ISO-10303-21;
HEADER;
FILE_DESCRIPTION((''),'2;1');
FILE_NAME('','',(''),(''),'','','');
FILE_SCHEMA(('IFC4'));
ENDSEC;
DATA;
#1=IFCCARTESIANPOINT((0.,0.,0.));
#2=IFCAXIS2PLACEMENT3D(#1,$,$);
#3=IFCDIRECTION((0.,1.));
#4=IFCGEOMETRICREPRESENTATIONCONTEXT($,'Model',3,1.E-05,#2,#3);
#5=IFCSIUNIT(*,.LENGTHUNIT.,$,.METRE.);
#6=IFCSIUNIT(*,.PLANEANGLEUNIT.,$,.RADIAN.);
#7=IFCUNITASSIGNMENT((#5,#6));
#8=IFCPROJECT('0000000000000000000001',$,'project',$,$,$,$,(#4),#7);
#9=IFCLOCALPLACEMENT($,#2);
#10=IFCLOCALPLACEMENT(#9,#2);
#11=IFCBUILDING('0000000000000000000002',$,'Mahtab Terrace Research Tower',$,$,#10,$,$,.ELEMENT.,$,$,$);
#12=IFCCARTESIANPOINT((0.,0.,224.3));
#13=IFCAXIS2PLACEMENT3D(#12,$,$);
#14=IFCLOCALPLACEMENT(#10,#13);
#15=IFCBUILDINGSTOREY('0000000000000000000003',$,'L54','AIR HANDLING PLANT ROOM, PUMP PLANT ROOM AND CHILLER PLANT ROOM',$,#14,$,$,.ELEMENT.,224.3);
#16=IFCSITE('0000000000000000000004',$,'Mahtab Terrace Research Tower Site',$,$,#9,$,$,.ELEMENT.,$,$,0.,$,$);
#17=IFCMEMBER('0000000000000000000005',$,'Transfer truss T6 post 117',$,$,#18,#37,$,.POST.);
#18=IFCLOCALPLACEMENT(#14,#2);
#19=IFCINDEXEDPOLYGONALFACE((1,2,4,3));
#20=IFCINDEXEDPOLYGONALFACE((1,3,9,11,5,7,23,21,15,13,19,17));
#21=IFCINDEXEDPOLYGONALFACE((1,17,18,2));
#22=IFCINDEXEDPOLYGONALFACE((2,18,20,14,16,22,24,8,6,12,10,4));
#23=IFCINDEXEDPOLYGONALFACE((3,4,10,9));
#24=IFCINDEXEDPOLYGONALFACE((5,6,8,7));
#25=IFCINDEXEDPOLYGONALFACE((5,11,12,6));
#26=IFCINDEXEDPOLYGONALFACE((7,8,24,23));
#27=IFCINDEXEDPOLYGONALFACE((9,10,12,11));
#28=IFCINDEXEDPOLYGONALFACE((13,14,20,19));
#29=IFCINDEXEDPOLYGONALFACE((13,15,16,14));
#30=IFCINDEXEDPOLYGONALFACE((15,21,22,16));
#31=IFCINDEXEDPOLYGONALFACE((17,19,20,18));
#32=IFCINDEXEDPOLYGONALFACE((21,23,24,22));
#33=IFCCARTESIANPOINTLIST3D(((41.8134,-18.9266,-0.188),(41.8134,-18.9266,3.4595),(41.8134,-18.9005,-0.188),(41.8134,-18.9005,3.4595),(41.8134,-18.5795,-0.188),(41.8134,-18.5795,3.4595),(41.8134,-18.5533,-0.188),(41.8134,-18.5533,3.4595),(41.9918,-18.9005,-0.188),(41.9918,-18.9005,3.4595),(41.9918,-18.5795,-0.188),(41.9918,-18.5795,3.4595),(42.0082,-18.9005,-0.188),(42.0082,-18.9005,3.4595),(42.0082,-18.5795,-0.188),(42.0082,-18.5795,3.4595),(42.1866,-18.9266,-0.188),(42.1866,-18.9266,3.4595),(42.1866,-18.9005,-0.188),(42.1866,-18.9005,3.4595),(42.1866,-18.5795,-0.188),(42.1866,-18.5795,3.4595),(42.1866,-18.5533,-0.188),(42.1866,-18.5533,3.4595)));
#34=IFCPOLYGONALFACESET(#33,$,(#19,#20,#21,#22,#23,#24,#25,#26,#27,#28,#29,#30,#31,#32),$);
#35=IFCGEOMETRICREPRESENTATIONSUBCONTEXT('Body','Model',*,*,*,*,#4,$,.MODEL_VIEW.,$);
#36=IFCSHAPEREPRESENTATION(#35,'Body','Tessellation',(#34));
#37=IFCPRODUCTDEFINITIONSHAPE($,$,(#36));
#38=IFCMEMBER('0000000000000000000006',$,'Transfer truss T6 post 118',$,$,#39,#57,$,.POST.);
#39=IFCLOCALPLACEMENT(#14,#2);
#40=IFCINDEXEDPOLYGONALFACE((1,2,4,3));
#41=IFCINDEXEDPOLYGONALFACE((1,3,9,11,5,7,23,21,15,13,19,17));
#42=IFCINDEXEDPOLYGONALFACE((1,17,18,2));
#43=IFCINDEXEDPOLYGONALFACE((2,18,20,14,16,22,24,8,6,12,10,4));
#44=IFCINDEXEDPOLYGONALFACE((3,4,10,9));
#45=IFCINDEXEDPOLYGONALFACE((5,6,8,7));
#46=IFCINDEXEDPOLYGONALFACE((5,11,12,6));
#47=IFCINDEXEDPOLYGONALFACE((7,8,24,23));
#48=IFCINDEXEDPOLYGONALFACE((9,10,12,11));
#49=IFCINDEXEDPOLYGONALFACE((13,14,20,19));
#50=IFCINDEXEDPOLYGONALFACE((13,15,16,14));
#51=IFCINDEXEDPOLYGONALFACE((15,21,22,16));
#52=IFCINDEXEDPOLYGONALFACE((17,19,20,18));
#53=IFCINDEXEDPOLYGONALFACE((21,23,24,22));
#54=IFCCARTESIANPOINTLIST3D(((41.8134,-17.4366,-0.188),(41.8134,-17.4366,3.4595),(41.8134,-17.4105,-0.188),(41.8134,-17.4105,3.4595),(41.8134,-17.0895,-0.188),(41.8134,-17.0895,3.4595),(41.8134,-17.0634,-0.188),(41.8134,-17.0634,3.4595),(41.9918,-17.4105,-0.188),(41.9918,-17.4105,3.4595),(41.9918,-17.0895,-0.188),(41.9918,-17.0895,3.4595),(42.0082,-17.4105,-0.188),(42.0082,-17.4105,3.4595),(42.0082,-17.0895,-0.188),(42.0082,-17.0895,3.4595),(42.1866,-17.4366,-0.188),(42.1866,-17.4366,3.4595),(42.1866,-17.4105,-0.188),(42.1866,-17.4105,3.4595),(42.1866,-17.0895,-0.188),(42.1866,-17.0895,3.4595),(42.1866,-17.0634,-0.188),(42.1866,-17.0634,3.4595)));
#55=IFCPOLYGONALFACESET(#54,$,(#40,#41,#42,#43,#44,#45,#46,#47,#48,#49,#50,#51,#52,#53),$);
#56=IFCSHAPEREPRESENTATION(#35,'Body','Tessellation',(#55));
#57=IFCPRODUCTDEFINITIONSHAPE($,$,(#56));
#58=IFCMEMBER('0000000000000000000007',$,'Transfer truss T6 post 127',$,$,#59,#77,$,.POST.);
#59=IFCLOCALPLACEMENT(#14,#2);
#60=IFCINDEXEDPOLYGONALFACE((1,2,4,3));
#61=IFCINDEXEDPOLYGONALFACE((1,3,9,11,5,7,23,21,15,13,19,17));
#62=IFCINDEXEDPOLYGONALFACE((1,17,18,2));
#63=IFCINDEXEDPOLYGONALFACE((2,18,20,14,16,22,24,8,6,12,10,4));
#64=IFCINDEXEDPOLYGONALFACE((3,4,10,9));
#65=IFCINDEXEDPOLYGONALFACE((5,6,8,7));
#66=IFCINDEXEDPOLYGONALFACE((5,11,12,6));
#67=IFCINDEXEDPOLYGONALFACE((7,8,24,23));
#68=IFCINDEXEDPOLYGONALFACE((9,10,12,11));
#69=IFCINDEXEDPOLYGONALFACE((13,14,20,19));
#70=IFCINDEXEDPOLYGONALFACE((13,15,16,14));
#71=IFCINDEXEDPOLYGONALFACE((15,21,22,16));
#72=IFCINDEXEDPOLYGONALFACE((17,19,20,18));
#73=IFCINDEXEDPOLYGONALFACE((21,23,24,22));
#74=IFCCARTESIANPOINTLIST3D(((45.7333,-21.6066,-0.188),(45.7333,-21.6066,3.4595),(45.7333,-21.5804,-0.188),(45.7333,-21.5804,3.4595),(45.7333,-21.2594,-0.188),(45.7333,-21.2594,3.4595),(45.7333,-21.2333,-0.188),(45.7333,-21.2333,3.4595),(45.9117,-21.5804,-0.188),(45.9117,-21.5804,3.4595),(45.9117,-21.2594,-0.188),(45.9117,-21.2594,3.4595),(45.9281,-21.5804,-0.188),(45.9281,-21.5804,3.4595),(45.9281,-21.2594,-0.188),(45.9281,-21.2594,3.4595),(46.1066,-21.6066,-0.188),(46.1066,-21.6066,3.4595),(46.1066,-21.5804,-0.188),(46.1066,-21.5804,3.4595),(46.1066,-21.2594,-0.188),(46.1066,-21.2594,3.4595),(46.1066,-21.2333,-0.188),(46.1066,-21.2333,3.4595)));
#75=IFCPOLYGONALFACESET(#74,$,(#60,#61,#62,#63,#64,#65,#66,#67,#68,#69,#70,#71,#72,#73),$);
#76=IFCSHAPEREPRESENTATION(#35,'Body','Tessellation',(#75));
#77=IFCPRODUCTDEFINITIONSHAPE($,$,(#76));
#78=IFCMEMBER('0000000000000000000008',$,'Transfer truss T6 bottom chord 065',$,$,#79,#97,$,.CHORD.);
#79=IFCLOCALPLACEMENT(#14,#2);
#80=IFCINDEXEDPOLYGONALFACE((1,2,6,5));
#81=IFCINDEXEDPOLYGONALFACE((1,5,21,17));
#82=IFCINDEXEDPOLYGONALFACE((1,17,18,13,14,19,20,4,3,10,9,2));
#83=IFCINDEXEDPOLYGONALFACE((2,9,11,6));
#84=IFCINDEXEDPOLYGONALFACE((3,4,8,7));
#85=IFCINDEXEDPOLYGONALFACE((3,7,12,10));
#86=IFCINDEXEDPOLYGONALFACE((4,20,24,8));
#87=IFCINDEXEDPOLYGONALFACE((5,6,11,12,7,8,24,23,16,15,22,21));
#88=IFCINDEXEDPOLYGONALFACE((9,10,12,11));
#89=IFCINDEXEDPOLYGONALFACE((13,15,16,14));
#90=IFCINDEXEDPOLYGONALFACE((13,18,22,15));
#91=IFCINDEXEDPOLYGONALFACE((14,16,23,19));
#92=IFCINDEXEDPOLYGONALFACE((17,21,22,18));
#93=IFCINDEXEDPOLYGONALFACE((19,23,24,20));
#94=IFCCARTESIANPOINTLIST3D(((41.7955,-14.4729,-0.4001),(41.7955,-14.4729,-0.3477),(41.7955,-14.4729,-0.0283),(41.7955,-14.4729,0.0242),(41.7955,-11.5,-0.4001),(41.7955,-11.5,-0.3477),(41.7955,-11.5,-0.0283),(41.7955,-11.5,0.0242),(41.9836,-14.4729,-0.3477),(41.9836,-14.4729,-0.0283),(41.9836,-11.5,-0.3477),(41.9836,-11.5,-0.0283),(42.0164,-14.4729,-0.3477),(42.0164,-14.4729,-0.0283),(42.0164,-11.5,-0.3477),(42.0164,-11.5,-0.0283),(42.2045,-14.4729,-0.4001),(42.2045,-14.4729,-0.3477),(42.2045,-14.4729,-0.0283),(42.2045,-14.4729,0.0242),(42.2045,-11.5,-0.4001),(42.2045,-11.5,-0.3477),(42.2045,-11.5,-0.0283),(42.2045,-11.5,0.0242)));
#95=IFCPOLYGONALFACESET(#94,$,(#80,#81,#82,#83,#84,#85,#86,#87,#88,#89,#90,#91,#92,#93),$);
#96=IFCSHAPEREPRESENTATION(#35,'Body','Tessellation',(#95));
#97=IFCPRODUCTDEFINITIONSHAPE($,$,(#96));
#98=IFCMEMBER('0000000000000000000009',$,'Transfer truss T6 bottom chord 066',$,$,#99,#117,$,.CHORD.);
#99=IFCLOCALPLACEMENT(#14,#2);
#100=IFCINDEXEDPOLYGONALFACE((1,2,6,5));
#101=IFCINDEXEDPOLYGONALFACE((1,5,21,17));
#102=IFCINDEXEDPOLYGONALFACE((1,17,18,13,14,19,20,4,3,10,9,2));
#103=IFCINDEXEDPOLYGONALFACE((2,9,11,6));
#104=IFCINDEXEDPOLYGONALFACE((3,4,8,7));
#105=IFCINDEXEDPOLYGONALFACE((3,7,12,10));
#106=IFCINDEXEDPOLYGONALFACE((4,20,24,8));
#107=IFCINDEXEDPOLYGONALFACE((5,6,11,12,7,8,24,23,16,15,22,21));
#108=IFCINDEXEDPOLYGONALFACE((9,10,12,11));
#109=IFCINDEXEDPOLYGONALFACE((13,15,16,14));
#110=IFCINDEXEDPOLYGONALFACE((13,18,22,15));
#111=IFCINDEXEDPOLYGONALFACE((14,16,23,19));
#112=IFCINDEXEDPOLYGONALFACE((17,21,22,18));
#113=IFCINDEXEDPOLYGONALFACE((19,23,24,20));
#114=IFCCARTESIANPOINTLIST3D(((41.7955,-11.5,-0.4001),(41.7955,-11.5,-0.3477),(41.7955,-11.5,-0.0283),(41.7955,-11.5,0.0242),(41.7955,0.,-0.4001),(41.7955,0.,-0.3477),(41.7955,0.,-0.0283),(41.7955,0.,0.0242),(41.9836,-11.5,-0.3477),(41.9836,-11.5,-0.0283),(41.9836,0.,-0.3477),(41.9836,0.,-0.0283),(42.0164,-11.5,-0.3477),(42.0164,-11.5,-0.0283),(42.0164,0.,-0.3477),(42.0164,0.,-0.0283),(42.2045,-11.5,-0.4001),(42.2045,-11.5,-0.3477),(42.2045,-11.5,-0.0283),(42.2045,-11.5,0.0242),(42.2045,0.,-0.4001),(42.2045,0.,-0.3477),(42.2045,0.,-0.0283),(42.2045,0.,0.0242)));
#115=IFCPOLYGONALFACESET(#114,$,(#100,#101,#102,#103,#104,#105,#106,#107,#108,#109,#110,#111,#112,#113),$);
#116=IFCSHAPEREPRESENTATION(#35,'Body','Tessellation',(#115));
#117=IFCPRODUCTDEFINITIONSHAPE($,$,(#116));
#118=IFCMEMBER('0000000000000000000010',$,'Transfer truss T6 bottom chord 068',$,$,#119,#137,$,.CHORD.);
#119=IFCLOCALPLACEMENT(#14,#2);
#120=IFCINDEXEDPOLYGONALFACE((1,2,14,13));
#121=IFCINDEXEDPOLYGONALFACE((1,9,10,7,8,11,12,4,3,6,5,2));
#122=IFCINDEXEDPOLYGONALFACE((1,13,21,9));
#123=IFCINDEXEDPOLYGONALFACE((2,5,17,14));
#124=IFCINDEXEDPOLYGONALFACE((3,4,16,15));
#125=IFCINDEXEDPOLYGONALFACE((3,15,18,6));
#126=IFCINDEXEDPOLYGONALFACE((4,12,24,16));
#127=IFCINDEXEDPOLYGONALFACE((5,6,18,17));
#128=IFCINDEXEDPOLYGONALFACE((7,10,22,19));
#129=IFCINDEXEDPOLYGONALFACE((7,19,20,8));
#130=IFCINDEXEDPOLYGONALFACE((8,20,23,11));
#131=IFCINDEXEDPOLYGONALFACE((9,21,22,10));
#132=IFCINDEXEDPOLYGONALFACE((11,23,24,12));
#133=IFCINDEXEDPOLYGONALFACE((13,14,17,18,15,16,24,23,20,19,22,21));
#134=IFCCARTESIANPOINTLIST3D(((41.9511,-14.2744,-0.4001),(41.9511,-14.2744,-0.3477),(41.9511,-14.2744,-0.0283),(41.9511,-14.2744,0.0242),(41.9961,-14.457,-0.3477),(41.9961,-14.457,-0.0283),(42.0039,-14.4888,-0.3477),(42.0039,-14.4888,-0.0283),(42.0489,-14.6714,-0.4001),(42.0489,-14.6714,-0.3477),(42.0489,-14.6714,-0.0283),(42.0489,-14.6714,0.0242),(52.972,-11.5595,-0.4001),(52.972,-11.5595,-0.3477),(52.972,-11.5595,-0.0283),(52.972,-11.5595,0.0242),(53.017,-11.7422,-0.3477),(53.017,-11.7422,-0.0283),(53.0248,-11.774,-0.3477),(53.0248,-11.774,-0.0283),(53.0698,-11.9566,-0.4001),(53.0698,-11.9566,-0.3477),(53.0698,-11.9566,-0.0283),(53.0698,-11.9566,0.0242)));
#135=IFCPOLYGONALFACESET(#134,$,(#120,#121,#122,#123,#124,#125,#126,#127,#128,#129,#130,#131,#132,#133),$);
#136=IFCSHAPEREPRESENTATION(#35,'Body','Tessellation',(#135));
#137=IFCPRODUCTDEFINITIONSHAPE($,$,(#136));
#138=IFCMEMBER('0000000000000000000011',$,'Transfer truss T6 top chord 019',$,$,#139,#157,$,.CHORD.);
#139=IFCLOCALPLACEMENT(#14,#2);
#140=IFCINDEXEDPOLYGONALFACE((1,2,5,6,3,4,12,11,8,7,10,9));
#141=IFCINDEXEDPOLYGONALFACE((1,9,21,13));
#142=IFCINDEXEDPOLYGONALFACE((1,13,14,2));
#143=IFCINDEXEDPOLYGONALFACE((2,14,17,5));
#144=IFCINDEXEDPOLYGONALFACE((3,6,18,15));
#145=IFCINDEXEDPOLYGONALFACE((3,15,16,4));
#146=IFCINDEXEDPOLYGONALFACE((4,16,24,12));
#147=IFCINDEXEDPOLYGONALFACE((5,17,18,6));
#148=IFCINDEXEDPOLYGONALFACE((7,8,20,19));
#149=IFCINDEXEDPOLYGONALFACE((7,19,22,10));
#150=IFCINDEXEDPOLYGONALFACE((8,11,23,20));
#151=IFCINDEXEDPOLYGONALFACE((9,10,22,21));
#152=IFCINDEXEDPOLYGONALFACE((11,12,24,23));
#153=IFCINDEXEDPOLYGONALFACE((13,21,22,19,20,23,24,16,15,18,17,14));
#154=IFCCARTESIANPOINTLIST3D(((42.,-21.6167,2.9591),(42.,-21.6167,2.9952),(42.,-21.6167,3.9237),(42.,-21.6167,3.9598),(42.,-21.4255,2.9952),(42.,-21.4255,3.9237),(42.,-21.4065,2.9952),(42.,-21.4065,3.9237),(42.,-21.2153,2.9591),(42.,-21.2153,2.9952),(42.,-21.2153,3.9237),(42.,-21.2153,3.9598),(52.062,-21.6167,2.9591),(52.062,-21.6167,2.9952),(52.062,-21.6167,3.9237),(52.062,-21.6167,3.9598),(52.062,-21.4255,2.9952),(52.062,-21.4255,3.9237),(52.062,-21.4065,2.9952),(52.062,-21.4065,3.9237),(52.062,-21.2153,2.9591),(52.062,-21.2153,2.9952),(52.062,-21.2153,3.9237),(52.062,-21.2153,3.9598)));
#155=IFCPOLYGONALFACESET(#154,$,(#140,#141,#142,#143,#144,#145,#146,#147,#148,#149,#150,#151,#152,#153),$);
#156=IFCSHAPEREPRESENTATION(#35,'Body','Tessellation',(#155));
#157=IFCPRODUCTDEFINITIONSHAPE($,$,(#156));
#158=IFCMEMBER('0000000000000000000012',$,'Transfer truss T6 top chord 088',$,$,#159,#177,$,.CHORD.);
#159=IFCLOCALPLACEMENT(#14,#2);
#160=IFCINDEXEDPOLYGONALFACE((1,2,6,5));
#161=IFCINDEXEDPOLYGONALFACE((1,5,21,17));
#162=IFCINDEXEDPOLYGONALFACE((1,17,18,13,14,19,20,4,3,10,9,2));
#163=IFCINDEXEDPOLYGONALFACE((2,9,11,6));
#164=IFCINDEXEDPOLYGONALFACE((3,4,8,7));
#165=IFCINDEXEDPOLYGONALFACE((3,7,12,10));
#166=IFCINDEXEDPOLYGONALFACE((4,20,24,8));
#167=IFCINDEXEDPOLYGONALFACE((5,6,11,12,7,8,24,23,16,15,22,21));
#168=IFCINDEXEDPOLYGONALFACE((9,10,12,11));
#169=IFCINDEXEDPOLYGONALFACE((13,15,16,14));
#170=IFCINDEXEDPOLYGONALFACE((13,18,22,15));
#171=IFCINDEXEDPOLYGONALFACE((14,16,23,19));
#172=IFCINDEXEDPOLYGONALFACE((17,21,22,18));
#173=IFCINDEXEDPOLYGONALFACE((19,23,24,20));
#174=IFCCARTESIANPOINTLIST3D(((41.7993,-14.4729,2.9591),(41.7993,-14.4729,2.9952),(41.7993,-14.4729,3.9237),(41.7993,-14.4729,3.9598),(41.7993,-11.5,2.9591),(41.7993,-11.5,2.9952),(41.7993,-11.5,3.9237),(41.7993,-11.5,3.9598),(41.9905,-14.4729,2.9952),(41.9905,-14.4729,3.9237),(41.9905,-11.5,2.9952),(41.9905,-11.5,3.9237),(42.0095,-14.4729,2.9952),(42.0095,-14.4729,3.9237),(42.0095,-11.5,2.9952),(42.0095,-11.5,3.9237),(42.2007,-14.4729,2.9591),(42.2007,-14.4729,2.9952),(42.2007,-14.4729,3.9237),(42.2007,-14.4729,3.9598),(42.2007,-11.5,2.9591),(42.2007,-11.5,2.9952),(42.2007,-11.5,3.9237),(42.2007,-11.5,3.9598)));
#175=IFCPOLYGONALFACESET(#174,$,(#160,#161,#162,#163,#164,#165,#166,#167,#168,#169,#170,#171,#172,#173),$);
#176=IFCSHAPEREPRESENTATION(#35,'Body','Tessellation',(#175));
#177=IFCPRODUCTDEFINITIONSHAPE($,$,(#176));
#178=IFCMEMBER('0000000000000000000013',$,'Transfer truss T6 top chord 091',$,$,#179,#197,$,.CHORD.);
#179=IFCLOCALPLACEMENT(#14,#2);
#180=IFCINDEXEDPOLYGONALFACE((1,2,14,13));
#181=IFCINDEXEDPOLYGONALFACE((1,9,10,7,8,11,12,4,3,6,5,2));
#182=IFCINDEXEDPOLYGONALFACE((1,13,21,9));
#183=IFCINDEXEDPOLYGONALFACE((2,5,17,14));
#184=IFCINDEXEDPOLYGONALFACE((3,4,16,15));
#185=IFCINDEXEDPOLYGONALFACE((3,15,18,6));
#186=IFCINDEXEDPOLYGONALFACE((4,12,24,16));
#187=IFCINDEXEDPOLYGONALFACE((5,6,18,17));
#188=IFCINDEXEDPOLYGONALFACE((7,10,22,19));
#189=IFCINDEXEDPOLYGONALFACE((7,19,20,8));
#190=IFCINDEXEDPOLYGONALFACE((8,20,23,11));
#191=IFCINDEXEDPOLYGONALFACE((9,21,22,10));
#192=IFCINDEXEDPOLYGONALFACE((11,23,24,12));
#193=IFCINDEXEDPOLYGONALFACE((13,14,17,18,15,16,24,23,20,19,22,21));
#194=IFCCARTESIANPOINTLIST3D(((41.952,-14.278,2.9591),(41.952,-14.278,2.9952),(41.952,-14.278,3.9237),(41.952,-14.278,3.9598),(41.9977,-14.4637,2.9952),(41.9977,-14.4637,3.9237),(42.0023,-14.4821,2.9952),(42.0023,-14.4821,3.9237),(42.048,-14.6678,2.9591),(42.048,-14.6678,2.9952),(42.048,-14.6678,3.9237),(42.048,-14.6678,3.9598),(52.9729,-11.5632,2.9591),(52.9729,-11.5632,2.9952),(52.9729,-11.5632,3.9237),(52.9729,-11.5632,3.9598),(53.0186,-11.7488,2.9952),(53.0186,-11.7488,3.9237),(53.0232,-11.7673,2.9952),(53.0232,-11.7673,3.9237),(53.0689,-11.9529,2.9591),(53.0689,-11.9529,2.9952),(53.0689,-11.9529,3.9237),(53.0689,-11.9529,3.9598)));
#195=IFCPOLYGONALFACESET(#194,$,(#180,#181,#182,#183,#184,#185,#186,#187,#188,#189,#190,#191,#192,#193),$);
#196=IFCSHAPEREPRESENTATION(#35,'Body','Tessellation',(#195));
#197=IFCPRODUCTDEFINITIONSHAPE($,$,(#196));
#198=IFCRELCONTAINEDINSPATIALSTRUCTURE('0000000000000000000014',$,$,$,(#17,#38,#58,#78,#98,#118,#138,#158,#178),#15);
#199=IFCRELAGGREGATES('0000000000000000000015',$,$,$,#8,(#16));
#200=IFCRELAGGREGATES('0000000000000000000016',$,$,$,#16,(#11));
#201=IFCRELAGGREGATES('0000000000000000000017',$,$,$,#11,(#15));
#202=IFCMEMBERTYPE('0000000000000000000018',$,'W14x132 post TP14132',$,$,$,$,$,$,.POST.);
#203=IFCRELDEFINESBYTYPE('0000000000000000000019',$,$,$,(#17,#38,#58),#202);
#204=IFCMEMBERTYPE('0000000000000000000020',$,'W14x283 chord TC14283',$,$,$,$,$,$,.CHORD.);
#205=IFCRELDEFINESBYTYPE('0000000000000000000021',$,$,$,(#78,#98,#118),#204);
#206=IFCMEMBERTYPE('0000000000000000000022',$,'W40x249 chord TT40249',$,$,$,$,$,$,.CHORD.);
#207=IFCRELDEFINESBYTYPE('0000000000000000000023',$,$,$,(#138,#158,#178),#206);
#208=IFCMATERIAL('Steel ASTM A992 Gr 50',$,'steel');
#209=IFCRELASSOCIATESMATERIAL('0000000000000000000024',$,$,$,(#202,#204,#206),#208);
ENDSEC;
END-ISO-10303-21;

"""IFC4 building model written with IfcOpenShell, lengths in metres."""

from ifc_helpers import new_model, si_unit, direction, frame, origin, origin_2d, place, context, subcontext, project, spatial, i_section, extrude, material, material_profile, profile_set, type_object, element, save


model = new_model("IFC4")

# Units and contexts
model_context = context("Model", 3, precision=1e-05, world=origin(), true_north=direction((0.0, 1.0)))
body_context = subcontext(model_context, "Body", "Model", "MODEL_VIEW")
ifc_project = project(units=[si_unit("LENGTHUNIT", "METRE"), si_unit("PLANEANGLEUNIT", "RADIAN")], contexts=[model_context])

# Site, building, storey
site_placement = place(None, origin())
site = spatial("IfcSite", under=ifc_project, at=site_placement, Name="Mahtab Terrace Research Tower Site", CompositionType="ELEMENT", RefElevation=0.0)
building_placement = place(site_placement, origin())
building = spatial("IfcBuilding", under=site, at=building_placement, Name="Mahtab Terrace Research Tower", CompositionType="ELEMENT")
storey_placement = place(building_placement, frame((0.0, 0.0, 224.3)))
storey = spatial("IfcBuildingStorey", under=building, at=storey_placement, Name="L54", Description="AIR HANDLING PLANT ROOM, PUMP PLANT ROOM AND CHILLER PLANT ROOM", CompositionType="ELEMENT", Elevation=224.3)

# Shared definitions
ifc_material_1 = material(Name="Steel ASTM A992 Gr 50", Category="steel")

# Members
ifc_material_profile_1 = material_profile(ifc_material_1, i_section(OverallWidth=0.3733, OverallDepth=0.3733, WebThickness=0.0164, FlangeThickness=0.0261, at=origin_2d()), Name="W14X132")
ifc_profile_set_1 = profile_set([ifc_material_profile_1], Name="Steel ASTM A992 Gr 50")
member_type_1 = type_object("IfcMemberType", Name="W14x132 post TP14132", PredefinedType="POST", material=ifc_profile_set_1)
for number, where, z_axis, x_axis, name in (
    (1, (42.0, -18.74, -0.188), (0.0, 0.0, 1.0), (1.0, 0.0, 0.0), "Transfer truss T6 post 117"),
    (2, (42.0, -17.25, -0.188), (0.0, 0.0, 1.0), (1.0, 0.0, 0.0), "Transfer truss T6 post 118"),
    (3, (45.9199, -21.4199, -0.188), (0.0, 0.0, 1.0), (1.0, 0.0, 0.0), "Transfer truss T6 post 127"),
):
    element("IfcMember", number, at=place(storey_placement, frame(where, z_axis=z_axis, x_axis=x_axis)), inside=storey, type_object=member_type_1, Name=name, PredefinedType="POST", context=body_context, shape_type="SweptSolid", body=[
        extrude(i_section(OverallWidth=0.3733, OverallDepth=0.3733, WebThickness=0.0164, FlangeThickness=0.0261, at=origin_2d()), origin(), (0.0, 0.0, 1.0), 3.6475),
    ])
ifc_material_profile_2 = material_profile(ifc_material_1, i_section(OverallWidth=0.4089, OverallDepth=0.4243, WebThickness=0.0327, FlangeThickness=0.0525, at=origin_2d()), Name="W14X283")
ifc_profile_set_2 = profile_set([ifc_material_profile_2], Name="Steel ASTM A992 Gr 50")
member_type_2 = type_object("IfcMemberType", Name="W14x283 chord TC14283", PredefinedType="CHORD", material=ifc_profile_set_2)
member_1_placement = place(storey_placement, frame((42.0, -14.4729, -0.188), z_axis=(0.0, 1.0, 0.0), x_axis=(-1.0, 0.0, 0.0)))
element("IfcMember", 4, at=member_1_placement, inside=storey, type_object=member_type_2, Name="Transfer truss T6 bottom chord 065", PredefinedType="CHORD", context=body_context, shape_type="SweptSolid", body=[
    extrude(i_section(OverallWidth=0.4089, OverallDepth=0.4243, WebThickness=0.0327, FlangeThickness=0.0525, at=origin_2d()), origin(), (0.0, 0.0, 1.0), 2.9729),
])
member_2_placement = place(storey_placement, frame((42.0, -11.5, -0.188), z_axis=(0.0, 1.0, 0.0), x_axis=(-1.0, 0.0, 0.0)))
element("IfcMember", 5, at=member_2_placement, inside=storey, type_object=member_type_2, Name="Transfer truss T6 bottom chord 066", PredefinedType="CHORD", context=body_context, shape_type="SweptSolid", body=[
    extrude(i_section(OverallWidth=0.4089, OverallDepth=0.4243, WebThickness=0.0327, FlangeThickness=0.0525, at=origin_2d()), origin(), (0.0, 0.0, 1.0), 11.5),
])
member_3_placement = place(storey_placement, frame((42.0, -14.4729, -0.188), z_axis=(0.970974, 0.239184, 0.0), x_axis=(-0.239184, 0.970974, 0.0)))
element("IfcMember", 6, at=member_3_placement, inside=storey, type_object=member_type_2, Name="Transfer truss T6 bottom chord 068", PredefinedType="CHORD", context=body_context, shape_type="SweptSolid", body=[
    extrude(i_section(OverallWidth=0.4089, OverallDepth=0.4243, WebThickness=0.0327, FlangeThickness=0.0525, at=origin_2d()), origin(), (0.0, 0.0, 1.0), 11.3503),
])
ifc_material_profile_3 = material_profile(ifc_material_1, i_section(OverallWidth=0.4014, OverallDepth=1.0007, WebThickness=0.019, FlangeThickness=0.0361, at=origin_2d()), Name="W40X249")
ifc_profile_set_3 = profile_set([ifc_material_profile_3], Name="Steel ASTM A992 Gr 50")
member_type_3 = type_object("IfcMemberType", Name="W40x249 chord TT40249", PredefinedType="CHORD", material=ifc_profile_set_3)
member_4_placement = place(storey_placement, frame((42.0, -21.416, 3.4595), z_axis=(1.0, 0.0, 0.0), x_axis=(0.0, 1.0, 0.0)))
element("IfcMember", 7, at=member_4_placement, inside=storey, type_object=member_type_3, Name="Transfer truss T6 top chord 019", PredefinedType="CHORD", context=body_context, shape_type="SweptSolid", body=[
    extrude(i_section(OverallWidth=0.4014, OverallDepth=1.0007, WebThickness=0.019, FlangeThickness=0.0361, at=origin_2d()), origin(), (0.0, 0.0, 1.0), 10.062),
])
member_5_placement = place(storey_placement, frame((42.0, -14.4729, 3.4595), z_axis=(0.0, 1.0, 0.0), x_axis=(-1.0, 0.0, 0.0)))
element("IfcMember", 8, at=member_5_placement, inside=storey, type_object=member_type_3, Name="Transfer truss T6 top chord 088", PredefinedType="CHORD", context=body_context, shape_type="SweptSolid", body=[
    extrude(i_section(OverallWidth=0.4014, OverallDepth=1.0007, WebThickness=0.019, FlangeThickness=0.0361, at=origin_2d()), origin(), (0.0, 0.0, 1.0), 2.9729),
])
member_6_placement = place(storey_placement, frame((42.0, -14.4729, 3.4595), z_axis=(0.970974, 0.239184, 0.0), x_axis=(-0.239184, 0.970974, 0.0)))
element("IfcMember", 9, at=member_6_placement, inside=storey, type_object=member_type_3, Name="Transfer truss T6 top chord 091", PredefinedType="CHORD", context=body_context, shape_type="SweptSolid", body=[
    extrude(i_section(OverallWidth=0.4014, OverallDepth=1.0007, WebThickness=0.019, FlangeThickness=0.0361, at=origin_2d()), origin(), (0.0, 0.0, 1.0), 11.3503),
])

save(model, "model.ifc")
